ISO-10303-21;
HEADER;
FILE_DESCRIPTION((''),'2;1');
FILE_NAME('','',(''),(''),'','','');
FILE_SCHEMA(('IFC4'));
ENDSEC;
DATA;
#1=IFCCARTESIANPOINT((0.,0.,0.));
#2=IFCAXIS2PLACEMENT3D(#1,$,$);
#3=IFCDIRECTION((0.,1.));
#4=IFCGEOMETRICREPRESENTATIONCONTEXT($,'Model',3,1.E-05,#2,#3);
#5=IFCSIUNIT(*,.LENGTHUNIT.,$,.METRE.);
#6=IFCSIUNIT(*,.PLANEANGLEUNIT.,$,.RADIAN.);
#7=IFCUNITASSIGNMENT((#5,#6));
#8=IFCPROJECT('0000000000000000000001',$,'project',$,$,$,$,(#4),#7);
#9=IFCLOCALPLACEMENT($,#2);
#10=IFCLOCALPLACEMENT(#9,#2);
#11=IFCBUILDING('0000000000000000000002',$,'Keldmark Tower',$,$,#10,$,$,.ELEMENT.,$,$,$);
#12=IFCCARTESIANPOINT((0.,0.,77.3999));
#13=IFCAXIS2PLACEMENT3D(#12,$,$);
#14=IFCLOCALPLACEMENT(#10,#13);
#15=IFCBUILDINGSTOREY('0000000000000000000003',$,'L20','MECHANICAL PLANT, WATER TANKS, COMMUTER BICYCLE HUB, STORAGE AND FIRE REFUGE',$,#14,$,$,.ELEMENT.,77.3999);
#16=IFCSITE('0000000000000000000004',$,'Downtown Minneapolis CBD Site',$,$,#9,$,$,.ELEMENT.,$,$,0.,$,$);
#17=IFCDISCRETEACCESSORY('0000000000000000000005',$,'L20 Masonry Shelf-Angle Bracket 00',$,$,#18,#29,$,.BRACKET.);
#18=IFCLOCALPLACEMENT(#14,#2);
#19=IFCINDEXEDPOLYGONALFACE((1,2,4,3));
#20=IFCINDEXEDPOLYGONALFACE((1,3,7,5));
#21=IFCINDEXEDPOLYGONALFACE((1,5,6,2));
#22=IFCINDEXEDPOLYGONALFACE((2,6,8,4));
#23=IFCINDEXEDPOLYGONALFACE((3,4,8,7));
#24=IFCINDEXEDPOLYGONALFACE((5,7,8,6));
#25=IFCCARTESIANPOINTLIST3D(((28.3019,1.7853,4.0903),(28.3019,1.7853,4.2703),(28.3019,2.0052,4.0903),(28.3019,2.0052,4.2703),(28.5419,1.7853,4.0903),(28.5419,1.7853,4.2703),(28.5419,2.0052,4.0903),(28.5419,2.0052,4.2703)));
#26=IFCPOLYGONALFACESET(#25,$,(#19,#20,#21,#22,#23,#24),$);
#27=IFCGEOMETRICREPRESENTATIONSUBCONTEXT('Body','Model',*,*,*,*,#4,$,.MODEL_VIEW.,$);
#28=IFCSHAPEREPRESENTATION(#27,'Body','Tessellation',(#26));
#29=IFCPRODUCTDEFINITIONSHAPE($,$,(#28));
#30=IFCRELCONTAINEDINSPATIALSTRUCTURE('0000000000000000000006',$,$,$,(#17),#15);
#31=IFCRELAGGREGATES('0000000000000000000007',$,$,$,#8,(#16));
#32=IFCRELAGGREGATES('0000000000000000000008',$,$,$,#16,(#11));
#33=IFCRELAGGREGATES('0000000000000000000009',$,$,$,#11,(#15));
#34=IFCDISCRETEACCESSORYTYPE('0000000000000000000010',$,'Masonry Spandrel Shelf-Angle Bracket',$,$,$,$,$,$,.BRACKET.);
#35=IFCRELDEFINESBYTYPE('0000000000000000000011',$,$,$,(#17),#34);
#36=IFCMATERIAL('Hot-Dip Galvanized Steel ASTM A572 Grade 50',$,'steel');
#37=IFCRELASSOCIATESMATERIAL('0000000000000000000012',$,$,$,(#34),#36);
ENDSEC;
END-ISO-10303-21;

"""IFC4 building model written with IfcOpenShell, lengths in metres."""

from ifc_helpers import new_model, si_unit, direction, frame, origin, origin_2d, place, context, subcontext, project, spatial, rectangle, extrude, material, type_object, element, save


model = new_model("IFC4")

# Units and contexts
model_context = context("Model", 3, precision=1e-05, world=origin(), true_north=direction((0.0, 1.0)))
body_context = subcontext(model_context, "Body", "Model", "MODEL_VIEW")
ifc_project = project(units=[si_unit("LENGTHUNIT", "METRE"), si_unit("PLANEANGLEUNIT", "RADIAN")], contexts=[model_context])

# Site, building, storey
site_placement = place(None, origin())
site = spatial("IfcSite", under=ifc_project, at=site_placement, Name="Downtown Minneapolis CBD Site", CompositionType="ELEMENT", RefElevation=0.0)
building_placement = place(site_placement, origin())
building = spatial("IfcBuilding", under=site, at=building_placement, Name="Keldmark Tower", CompositionType="ELEMENT")
storey_placement = place(building_placement, frame((0.0, 0.0, 77.3999)))
storey = spatial("IfcBuildingStorey", under=building, at=storey_placement, Name="L20", Description="MECHANICAL PLANT, WATER TANKS, COMMUTER BICYCLE HUB, STORAGE AND FIRE REFUGE", CompositionType="ELEMENT", Elevation=77.3999)

# Discrete accessory
ifc_material_1 = material(Name="Hot-Dip Galvanized Steel ASTM A572 Grade 50", Category="steel")
discrete_accessory_type = type_object("IfcDiscreteAccessoryType", Name="Masonry Spandrel Shelf-Angle Bracket", PredefinedType="BRACKET", material=ifc_material_1)
discrete_accessory_placement = place(storey_placement, frame((28.4219, 1.8953, 4.0903), z_axis=(0.0, 0.0, 1.0), x_axis=(1.0, 0.0, 0.0)))
element("IfcDiscreteAccessory", 1, at=discrete_accessory_placement, inside=storey, type_object=discrete_accessory_type, Name="L20 Masonry Shelf-Angle Bracket 00", PredefinedType="BRACKET", context=body_context, shape_type="SweptSolid", body=[
    extrude(rectangle(XDim=0.24, YDim=0.22, at=origin_2d()), origin(), (0.0, 0.0, 1.0), 0.1799),
])

save(model, "model.ifc")
